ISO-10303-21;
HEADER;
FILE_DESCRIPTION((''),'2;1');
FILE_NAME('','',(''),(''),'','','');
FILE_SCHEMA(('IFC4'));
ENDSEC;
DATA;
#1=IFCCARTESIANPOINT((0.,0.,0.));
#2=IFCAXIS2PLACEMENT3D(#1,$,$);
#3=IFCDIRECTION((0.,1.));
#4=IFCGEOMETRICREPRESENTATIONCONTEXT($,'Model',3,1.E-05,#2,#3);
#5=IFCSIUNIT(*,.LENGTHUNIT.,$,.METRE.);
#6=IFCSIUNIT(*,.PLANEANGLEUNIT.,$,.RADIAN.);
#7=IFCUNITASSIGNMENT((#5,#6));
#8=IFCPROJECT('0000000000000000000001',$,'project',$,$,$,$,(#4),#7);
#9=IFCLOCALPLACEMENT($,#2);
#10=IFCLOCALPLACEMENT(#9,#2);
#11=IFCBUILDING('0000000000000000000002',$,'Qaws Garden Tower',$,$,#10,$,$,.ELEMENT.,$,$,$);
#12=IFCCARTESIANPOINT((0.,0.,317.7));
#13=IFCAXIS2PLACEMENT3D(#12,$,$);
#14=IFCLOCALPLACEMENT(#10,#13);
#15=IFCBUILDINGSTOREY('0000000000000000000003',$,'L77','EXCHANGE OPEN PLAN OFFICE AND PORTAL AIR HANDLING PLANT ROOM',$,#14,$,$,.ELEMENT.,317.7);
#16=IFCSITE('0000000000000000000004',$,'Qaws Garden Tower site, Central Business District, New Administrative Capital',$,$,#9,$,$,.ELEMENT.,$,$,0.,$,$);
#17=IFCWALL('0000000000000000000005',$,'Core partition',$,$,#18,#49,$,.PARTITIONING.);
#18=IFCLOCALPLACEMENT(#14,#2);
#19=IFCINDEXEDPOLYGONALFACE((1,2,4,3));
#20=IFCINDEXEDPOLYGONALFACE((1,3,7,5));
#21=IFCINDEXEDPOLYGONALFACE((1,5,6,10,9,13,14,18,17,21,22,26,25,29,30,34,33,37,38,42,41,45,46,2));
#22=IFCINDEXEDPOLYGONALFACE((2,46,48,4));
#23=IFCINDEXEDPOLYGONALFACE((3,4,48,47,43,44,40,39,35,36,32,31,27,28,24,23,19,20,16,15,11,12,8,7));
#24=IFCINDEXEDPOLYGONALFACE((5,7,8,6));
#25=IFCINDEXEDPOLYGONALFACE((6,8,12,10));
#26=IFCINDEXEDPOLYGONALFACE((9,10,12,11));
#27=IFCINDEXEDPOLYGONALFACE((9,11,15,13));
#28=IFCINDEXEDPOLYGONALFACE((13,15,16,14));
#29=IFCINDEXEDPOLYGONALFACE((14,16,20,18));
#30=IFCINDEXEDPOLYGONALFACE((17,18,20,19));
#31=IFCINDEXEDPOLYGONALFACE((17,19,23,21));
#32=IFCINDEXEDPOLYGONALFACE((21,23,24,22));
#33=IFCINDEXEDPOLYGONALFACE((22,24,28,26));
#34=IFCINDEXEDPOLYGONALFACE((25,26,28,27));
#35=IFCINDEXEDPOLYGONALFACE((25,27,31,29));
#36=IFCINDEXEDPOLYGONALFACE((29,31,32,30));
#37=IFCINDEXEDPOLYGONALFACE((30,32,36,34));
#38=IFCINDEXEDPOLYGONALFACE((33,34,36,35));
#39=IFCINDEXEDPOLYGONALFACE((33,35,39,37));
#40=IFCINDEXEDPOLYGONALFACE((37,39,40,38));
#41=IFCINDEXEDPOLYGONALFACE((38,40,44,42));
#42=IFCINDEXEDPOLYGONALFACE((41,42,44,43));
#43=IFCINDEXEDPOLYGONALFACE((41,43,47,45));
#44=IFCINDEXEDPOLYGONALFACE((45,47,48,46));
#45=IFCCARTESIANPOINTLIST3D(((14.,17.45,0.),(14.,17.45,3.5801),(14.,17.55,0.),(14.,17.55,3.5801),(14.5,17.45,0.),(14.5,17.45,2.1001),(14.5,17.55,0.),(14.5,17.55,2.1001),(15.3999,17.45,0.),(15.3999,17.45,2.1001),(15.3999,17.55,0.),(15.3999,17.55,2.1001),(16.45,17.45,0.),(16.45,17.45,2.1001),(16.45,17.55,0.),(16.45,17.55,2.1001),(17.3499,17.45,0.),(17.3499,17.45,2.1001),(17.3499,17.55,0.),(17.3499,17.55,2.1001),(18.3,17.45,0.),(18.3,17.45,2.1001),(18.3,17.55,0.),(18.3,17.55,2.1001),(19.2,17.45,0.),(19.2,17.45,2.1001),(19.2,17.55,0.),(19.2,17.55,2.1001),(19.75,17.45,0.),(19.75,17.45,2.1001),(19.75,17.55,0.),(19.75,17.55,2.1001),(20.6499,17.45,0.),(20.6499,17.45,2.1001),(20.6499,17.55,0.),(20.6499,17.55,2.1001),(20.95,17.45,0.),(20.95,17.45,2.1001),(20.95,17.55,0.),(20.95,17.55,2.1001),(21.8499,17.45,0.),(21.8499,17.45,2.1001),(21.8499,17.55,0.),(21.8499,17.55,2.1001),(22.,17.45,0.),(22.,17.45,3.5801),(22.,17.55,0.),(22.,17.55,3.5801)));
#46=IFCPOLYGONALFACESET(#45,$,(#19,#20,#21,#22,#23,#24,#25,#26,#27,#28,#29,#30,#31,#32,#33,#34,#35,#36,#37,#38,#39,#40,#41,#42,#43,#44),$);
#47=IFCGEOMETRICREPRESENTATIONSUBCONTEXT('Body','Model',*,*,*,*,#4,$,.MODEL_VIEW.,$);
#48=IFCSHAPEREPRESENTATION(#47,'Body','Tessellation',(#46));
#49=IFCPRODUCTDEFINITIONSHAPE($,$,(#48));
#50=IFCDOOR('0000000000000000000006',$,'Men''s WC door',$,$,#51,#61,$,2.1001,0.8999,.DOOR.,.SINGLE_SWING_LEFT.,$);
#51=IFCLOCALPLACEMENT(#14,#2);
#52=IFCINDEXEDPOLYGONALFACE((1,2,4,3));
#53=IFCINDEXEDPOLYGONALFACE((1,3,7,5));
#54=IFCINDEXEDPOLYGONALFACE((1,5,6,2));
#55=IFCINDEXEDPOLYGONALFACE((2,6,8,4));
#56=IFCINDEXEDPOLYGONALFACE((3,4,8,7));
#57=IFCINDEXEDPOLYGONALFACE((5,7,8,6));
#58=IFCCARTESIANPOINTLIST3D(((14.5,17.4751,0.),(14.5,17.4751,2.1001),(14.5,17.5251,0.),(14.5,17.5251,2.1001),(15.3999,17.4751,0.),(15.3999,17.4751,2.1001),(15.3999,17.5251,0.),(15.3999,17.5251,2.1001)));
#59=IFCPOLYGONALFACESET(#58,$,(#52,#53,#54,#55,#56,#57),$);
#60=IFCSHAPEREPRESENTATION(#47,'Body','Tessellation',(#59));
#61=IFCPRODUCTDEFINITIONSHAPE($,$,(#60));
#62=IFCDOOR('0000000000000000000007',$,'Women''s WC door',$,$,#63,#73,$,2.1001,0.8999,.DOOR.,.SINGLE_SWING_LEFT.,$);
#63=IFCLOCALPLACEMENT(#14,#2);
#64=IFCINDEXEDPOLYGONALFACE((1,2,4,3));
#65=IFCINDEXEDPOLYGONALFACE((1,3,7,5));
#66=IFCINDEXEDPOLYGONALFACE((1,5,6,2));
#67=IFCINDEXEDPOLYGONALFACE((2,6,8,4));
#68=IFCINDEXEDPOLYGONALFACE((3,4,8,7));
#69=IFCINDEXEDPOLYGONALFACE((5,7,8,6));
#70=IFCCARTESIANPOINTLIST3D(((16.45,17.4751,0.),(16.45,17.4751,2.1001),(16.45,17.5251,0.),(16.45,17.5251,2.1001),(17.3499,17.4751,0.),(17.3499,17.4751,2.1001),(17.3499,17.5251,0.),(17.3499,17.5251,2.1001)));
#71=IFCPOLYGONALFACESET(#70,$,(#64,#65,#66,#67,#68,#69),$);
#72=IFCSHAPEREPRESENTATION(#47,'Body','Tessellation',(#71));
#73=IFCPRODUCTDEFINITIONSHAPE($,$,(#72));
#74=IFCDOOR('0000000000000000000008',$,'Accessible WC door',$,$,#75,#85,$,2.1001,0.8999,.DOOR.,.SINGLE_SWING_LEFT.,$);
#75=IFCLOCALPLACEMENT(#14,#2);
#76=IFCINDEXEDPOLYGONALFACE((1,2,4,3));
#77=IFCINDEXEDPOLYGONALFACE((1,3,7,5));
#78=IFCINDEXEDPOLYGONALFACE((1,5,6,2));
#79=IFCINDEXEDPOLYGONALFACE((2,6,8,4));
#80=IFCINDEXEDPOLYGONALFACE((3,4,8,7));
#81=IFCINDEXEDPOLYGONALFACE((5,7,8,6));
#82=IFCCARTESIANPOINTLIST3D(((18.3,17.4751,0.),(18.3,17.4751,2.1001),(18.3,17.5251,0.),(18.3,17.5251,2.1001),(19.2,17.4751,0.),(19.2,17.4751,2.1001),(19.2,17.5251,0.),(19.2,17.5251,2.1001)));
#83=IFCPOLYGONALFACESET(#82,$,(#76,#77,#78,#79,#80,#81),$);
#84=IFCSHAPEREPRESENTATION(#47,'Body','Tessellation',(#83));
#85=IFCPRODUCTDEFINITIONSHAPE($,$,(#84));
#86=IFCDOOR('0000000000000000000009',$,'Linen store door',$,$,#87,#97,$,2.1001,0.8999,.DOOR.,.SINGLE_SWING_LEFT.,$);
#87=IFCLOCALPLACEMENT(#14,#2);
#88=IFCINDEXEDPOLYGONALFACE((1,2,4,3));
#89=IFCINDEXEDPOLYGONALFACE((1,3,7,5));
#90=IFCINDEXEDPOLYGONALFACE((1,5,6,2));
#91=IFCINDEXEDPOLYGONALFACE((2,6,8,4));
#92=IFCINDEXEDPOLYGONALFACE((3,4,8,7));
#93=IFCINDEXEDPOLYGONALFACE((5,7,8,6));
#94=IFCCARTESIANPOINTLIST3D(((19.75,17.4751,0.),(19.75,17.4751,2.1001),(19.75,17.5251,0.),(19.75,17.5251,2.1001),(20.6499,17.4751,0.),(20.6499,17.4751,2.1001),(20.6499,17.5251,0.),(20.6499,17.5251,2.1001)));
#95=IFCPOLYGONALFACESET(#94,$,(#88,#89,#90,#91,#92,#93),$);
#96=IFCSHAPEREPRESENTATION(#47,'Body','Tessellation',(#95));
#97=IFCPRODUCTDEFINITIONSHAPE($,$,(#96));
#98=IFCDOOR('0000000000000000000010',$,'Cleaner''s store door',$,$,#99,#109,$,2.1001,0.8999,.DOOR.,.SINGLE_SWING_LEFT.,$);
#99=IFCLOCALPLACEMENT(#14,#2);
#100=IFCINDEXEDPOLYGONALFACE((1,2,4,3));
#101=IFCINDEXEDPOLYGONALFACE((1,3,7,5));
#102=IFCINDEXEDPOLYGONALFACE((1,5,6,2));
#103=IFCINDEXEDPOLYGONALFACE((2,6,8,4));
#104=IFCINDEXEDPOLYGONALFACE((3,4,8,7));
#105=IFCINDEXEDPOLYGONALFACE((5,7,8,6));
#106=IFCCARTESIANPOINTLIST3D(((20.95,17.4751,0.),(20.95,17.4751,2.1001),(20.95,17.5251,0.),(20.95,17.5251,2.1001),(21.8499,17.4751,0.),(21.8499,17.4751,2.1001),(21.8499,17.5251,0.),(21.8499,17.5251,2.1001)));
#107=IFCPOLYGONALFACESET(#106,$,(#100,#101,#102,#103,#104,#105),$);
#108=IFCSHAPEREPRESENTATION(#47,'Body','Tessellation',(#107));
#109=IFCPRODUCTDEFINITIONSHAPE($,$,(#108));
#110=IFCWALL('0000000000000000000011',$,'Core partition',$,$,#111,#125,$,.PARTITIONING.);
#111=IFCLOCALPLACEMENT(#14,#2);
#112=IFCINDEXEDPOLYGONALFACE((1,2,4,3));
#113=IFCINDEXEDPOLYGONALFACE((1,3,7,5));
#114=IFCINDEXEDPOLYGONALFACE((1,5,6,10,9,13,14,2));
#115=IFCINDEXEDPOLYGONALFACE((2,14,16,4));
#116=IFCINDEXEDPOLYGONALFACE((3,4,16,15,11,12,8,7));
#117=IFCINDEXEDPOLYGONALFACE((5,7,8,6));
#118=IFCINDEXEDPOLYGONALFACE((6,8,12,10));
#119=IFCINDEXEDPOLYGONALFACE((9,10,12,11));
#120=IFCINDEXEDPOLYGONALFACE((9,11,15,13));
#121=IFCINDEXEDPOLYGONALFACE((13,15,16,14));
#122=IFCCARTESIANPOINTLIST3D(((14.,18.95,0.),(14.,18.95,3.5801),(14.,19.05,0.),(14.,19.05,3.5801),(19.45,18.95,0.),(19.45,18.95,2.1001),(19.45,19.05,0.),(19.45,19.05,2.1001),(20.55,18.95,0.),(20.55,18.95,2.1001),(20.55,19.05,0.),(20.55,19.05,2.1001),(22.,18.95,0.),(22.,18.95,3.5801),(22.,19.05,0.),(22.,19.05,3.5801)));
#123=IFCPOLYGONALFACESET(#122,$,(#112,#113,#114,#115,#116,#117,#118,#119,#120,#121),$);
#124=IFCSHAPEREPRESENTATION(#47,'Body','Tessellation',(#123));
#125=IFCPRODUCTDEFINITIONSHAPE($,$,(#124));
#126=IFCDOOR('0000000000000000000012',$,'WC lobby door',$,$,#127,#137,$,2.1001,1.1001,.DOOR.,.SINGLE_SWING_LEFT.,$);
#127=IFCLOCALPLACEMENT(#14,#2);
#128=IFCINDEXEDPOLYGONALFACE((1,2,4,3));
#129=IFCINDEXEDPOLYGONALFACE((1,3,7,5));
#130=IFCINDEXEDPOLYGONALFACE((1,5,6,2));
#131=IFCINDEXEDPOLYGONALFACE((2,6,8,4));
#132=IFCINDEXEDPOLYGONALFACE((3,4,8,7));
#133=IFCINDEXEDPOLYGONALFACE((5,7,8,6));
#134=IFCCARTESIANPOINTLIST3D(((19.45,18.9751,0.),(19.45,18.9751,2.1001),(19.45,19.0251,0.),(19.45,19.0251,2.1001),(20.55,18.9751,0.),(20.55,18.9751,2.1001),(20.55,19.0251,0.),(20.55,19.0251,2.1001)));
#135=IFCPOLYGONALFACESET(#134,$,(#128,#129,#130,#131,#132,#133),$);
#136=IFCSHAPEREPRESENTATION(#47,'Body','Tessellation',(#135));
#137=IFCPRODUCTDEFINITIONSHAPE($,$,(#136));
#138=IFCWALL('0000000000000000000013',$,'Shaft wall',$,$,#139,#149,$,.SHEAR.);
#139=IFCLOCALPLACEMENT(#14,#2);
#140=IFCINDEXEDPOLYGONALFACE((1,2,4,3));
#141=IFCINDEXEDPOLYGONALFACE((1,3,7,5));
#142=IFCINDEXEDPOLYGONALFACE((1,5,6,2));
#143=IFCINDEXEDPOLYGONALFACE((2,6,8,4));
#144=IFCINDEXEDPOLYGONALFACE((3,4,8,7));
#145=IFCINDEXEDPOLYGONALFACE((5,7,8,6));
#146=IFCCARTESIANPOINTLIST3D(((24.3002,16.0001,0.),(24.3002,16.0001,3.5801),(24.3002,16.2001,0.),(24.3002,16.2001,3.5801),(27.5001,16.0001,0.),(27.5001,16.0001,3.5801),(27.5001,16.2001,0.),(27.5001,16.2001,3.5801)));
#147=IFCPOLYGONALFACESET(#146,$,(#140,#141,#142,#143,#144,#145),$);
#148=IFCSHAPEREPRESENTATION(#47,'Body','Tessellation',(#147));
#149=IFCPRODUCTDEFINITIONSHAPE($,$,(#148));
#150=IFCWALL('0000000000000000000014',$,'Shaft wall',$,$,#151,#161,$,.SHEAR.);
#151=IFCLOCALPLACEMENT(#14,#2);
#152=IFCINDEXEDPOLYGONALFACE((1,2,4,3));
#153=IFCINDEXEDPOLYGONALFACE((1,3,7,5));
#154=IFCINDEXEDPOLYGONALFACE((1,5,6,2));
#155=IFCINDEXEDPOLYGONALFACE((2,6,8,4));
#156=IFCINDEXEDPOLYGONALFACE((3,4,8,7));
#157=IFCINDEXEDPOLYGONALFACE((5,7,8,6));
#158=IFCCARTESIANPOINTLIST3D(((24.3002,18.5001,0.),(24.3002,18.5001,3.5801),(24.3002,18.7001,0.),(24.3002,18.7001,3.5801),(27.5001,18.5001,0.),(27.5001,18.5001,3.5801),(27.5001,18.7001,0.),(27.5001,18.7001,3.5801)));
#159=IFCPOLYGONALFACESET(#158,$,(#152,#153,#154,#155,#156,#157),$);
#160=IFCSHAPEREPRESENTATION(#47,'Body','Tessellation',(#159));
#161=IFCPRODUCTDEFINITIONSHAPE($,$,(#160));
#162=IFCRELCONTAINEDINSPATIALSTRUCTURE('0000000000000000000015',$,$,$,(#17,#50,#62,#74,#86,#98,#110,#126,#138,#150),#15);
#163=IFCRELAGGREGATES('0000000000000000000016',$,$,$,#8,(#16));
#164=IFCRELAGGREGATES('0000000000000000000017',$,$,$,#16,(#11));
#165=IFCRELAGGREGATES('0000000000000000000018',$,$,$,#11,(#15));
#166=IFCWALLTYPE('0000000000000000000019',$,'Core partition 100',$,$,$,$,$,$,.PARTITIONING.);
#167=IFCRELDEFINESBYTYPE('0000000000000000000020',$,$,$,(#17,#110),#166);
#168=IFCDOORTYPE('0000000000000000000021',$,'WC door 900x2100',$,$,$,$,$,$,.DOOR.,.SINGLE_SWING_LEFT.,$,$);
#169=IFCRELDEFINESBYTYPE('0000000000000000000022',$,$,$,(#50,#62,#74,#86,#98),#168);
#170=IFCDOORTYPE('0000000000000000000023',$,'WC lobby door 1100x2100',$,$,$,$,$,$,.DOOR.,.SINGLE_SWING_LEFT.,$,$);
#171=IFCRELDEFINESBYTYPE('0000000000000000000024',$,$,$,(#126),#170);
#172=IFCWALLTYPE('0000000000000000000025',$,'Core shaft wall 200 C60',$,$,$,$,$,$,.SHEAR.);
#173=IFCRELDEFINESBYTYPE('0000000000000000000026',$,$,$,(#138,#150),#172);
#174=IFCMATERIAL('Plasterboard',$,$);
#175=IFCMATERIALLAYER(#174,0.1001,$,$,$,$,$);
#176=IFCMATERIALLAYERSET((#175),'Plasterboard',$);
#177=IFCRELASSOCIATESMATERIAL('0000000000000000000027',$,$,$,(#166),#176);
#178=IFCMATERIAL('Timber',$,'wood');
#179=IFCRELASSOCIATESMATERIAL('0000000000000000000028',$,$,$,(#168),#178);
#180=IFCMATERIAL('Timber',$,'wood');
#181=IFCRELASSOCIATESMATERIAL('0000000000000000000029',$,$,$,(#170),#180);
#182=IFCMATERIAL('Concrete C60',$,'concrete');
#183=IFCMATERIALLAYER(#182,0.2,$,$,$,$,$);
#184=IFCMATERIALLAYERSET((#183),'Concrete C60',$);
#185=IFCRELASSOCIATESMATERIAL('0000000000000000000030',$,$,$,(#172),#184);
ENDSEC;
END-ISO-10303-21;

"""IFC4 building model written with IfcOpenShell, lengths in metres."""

from ifc_helpers import new_model, si_unit, direction, frame, frame_2d, origin, place, context, subcontext, project, spatial, rectangle, extrude, material, layer, layer_set, type_object, element, fill, save


model = new_model("IFC4")

# Units and contexts
model_context = context("Model", 3, precision=1e-05, world=origin(), true_north=direction((0.0, 1.0)))
body_context = subcontext(model_context, "Body", "Model", "MODEL_VIEW")
ifc_project = project(units=[si_unit("LENGTHUNIT", "METRE"), si_unit("PLANEANGLEUNIT", "RADIAN")], contexts=[model_context])

# Site, building, storey
site_placement = place(None, origin())
site = spatial("IfcSite", under=ifc_project, at=site_placement, Name="Qaws Garden Tower site, Central Business District, New Administrative Capital", CompositionType="ELEMENT", RefElevation=0.0)
building_placement = place(site_placement, origin())
building = spatial("IfcBuilding", under=site, at=building_placement, Name="Qaws Garden Tower", CompositionType="ELEMENT")
storey_placement = place(building_placement, frame((0.0, 0.0, 317.7)))
storey = spatial("IfcBuildingStorey", under=building, at=storey_placement, Name="L77", Description="EXCHANGE OPEN PLAN OFFICE AND PORTAL AIR HANDLING PLANT ROOM", CompositionType="ELEMENT", Elevation=317.7)

# Wall, openings, doors
ifc_material_1 = material(Name="Plasterboard")
ifc_layer_1 = layer(ifc_material_1, 0.1001)
ifc_layer_set_1 = layer_set([ifc_layer_1], Name="Plasterboard")
wall_type_1 = type_object("IfcWallType", Name="Core partition 100", PredefinedType="PARTITIONING", material=ifc_layer_set_1)
wall_1_placement = place(storey_placement, frame((14.0, 17.5, 0.0), z_axis=(0.0, 0.0, 1.0), x_axis=(1.0, 0.0, 0.0)))
wall_1 = element("IfcWall", 1, at=wall_1_placement, inside=storey, type_object=wall_type_1, Name="Core partition", PredefinedType="PARTITIONING", context=body_context, shape_type="SweptSolid", body=[
    extrude(rectangle(XDim=8.0, YDim=0.1001, at=frame_2d((4.0, 0.0))), origin(), (0.0, 0.0, 1.0), 3.5801),
])
opening_1_placement = place(wall_1_placement, frame((0.5, 0.0, 0.0)))
opening_1 = element("IfcOpeningElement", 2, at=opening_1_placement, cuts=wall_1, PredefinedType="OPENING", context=body_context, shape_type="SweptSolid", body=[
    extrude(rectangle(XDim=0.8999, YDim=2.1001, at=frame_2d((0.45, 1.05))), frame((0.0, 0.0601, 0.0), z_axis=(0.0, -1.0, 0.0), x_axis=(1.0, 0.0, 0.0)), (0.0, 0.0, 1.0), 0.1201),
])
opening_2_placement = place(wall_1_placement, frame((2.45, 0.0, 0.0)))
opening_2 = element("IfcOpeningElement", 3, at=opening_2_placement, cuts=wall_1, PredefinedType="OPENING", context=body_context, shape_type="SweptSolid", body=[
    extrude(rectangle(XDim=0.8999, YDim=2.1001, at=frame_2d((0.45, 1.05))), frame((0.0, 0.0601, 0.0), z_axis=(0.0, -1.0, 0.0), x_axis=(1.0, 0.0, 0.0)), (0.0, 0.0, 1.0), 0.1201),
])
opening_3_placement = place(wall_1_placement, frame((4.3, 0.0, 0.0)))
opening_3 = element("IfcOpeningElement", 4, at=opening_3_placement, cuts=wall_1, PredefinedType="OPENING", context=body_context, shape_type="SweptSolid", body=[
    extrude(rectangle(XDim=0.8999, YDim=2.1001, at=frame_2d((0.45, 1.05))), frame((0.0, 0.0601, 0.0), z_axis=(0.0, -1.0, 0.0), x_axis=(1.0, 0.0, 0.0)), (0.0, 0.0, 1.0), 0.1201),
])
opening_4_placement = place(wall_1_placement, frame((5.75, 0.0, 0.0)))
opening_4 = element("IfcOpeningElement", 5, at=opening_4_placement, cuts=wall_1, PredefinedType="OPENING", context=body_context, shape_type="SweptSolid", body=[
    extrude(rectangle(XDim=0.8999, YDim=2.1001, at=frame_2d((0.45, 1.05))), frame((0.0, 0.0601, 0.0), z_axis=(0.0, -1.0, 0.0), x_axis=(1.0, 0.0, 0.0)), (0.0, 0.0, 1.0), 0.1201),
])
opening_5_placement = place(wall_1_placement, frame((6.95, 0.0, 0.0)))
opening_5 = element("IfcOpeningElement", 6, at=opening_5_placement, cuts=wall_1, PredefinedType="OPENING", context=body_context, shape_type="SweptSolid", body=[
    extrude(rectangle(XDim=0.8999, YDim=2.1001, at=frame_2d((0.45, 1.05))), frame((0.0, 0.0601, 0.0), z_axis=(0.0, -1.0, 0.0), x_axis=(1.0, 0.0, 0.0)), (0.0, 0.0, 1.0), 0.1201),
])
ifc_material_2 = material(Name="Timber", Category="wood")
door_type_1 = type_object("IfcDoorType", Name="WC door 900x2100", OperationType="SINGLE_SWING_LEFT", PredefinedType="DOOR", material=ifc_material_2)
door_1_placement = place(opening_1_placement, frame((0.8999, 0.0, 0.0), z_axis=(0.0, 0.0, 1.0), x_axis=(-1.0, 0.0, 0.0)))
door_1 = element("IfcDoor", 7, at=door_1_placement, inside=storey, type_object=door_type_1, Name="Men's WC door", OperationType="SINGLE_SWING_LEFT", OverallHeight=2.1001, OverallWidth=0.8999, PredefinedType="DOOR", context=body_context, shape_type="SweptSolid", body=[
    extrude(rectangle(XDim=0.8999, YDim=2.1001, at=frame_2d((0.45, 1.05))), frame((0.0, 0.0249, 0.0), z_axis=(0.0, -1.0, 0.0), x_axis=(1.0, 0.0, 0.0)), (0.0, 0.0, 1.0), 0.05),
])
fill(opening_1, door_1)
door_2_placement = place(opening_2_placement, frame((0.8999, 0.0, 0.0), z_axis=(0.0, 0.0, 1.0), x_axis=(-1.0, 0.0, 0.0)))
door_2 = element("IfcDoor", 8, at=door_2_placement, inside=storey, type_object=door_type_1, Name="Women's WC door", OperationType="SINGLE_SWING_LEFT", OverallHeight=2.1001, OverallWidth=0.8999, PredefinedType="DOOR", context=body_context, shape_type="SweptSolid", body=[
    extrude(rectangle(XDim=0.8999, YDim=2.1001, at=frame_2d((0.45, 1.05))), frame((0.0, 0.0249, 0.0), z_axis=(0.0, -1.0, 0.0), x_axis=(1.0, 0.0, 0.0)), (0.0, 0.0, 1.0), 0.05),
])
fill(opening_2, door_2)
door_3_placement = place(opening_3_placement, frame((0.8999, 0.0, 0.0), z_axis=(0.0, 0.0, 1.0), x_axis=(-1.0, 0.0, 0.0)))
door_3 = element("IfcDoor", 9, at=door_3_placement, inside=storey, type_object=door_type_1, Name="Accessible WC door", OperationType="SINGLE_SWING_LEFT", OverallHeight=2.1001, OverallWidth=0.8999, PredefinedType="DOOR", context=body_context, shape_type="SweptSolid", body=[
    extrude(rectangle(XDim=0.8999, YDim=2.1001, at=frame_2d((0.45, 1.05))), frame((0.0, 0.0249, 0.0), z_axis=(0.0, -1.0, 0.0), x_axis=(1.0, 0.0, 0.0)), (0.0, 0.0, 1.0), 0.05),
])
fill(opening_3, door_3)
door_4_placement = place(opening_4_placement, frame((0.8999, 0.0, 0.0), z_axis=(0.0, 0.0, 1.0), x_axis=(-1.0, 0.0, 0.0)))
door_4 = element("IfcDoor", 10, at=door_4_placement, inside=storey, type_object=door_type_1, Name="Linen store door", OperationType="SINGLE_SWING_LEFT", OverallHeight=2.1001, OverallWidth=0.8999, PredefinedType="DOOR", context=body_context, shape_type="SweptSolid", body=[
    extrude(rectangle(XDim=0.8999, YDim=2.1001, at=frame_2d((0.45, 1.05))), frame((0.0, 0.0249, 0.0), z_axis=(0.0, -1.0, 0.0), x_axis=(1.0, 0.0, 0.0)), (0.0, 0.0, 1.0), 0.05),
])
fill(opening_4, door_4)
door_5_placement = place(opening_5_placement, frame((0.8999, 0.0, 0.0), z_axis=(0.0, 0.0, 1.0), x_axis=(-1.0, 0.0, 0.0)))
door_5 = element("IfcDoor", 11, at=door_5_placement, inside=storey, type_object=door_type_1, Name="Cleaner's store door", OperationType="SINGLE_SWING_LEFT", OverallHeight=2.1001, OverallWidth=0.8999, PredefinedType="DOOR", context=body_context, shape_type="SweptSolid", body=[
    extrude(rectangle(XDim=0.8999, YDim=2.1001, at=frame_2d((0.45, 1.05))), frame((0.0, 0.0249, 0.0), z_axis=(0.0, -1.0, 0.0), x_axis=(1.0, 0.0, 0.0)), (0.0, 0.0, 1.0), 0.05),
])
fill(opening_5, door_5)

# Wall, opening, door
wall_2_placement = place(storey_placement, frame((14.0, 19.0, 0.0), z_axis=(0.0, 0.0, 1.0), x_axis=(1.0, 0.0, 0.0)))
wall_2 = element("IfcWall", 12, at=wall_2_placement, inside=storey, type_object=wall_type_1, Name="Core partition", PredefinedType="PARTITIONING", context=body_context, shape_type="SweptSolid", body=[
    extrude(rectangle(XDim=8.0, YDim=0.1001, at=frame_2d((4.0, 0.0))), origin(), (0.0, 0.0, 1.0), 3.5801),
])
opening_6_placement = place(wall_2_placement, frame((5.45, 0.0, 0.0)))
opening_6 = element("IfcOpeningElement", 13, at=opening_6_placement, cuts=wall_2, PredefinedType="OPENING", context=body_context, shape_type="SweptSolid", body=[
    extrude(rectangle(XDim=1.1001, YDim=2.1001, at=frame_2d((0.55, 1.05))), frame((0.0, 0.0601, 0.0), z_axis=(0.0, -1.0, 0.0), x_axis=(1.0, 0.0, 0.0)), (0.0, 0.0, 1.0), 0.1201),
])
ifc_material_3 = material(Name="Timber", Category="wood")
door_type_2 = type_object("IfcDoorType", Name="WC lobby door 1100x2100", OperationType="SINGLE_SWING_LEFT", PredefinedType="DOOR", material=ifc_material_3)
door_6_placement = place(opening_6_placement, frame((1.1001, 0.0, 0.0), z_axis=(0.0, 0.0, 1.0), x_axis=(-1.0, 0.0, 0.0)))
door_6 = element("IfcDoor", 14, at=door_6_placement, inside=storey, type_object=door_type_2, Name="WC lobby door", OperationType="SINGLE_SWING_LEFT", OverallHeight=2.1001, OverallWidth=1.1001, PredefinedType="DOOR", context=body_context, shape_type="SweptSolid", body=[
    extrude(rectangle(XDim=1.1001, YDim=2.1001, at=frame_2d((0.55, 1.05))), frame((0.0, 0.0249, 0.0), z_axis=(0.0, -1.0, 0.0), x_axis=(1.0, 0.0, 0.0)), (0.0, 0.0, 1.0), 0.05),
])
fill(opening_6, door_6)

# Walls
ifc_material_4 = material(Name="Concrete C60", Category="concrete")
ifc_layer_2 = layer(ifc_material_4, 0.2)
ifc_layer_set_2 = layer_set([ifc_layer_2], Name="Concrete C60")
wall_type_2 = type_object("IfcWallType", Name="Core shaft wall 200 C60", PredefinedType="SHEAR", material=ifc_layer_set_2)
for number, where, z_axis, x_axis, name in (
    (15, (24.3, 16.1001, 0.0), (0.0, 0.0, 1.0), (1.0, 0.0, 0.0), "Shaft wall"),
    (16, (24.3, 18.6001, 0.0), (0.0, 0.0, 1.0), (1.0, 0.0, 0.0), "Shaft wall"),
):
    element("IfcWall", number, at=place(storey_placement, frame(where, z_axis=z_axis, x_axis=x_axis)), inside=storey, type_object=wall_type_2, Name=name, PredefinedType="SHEAR", context=body_context, shape_type="SweptSolid", body=[
        extrude(rectangle(XDim=3.2, YDim=0.2, at=frame_2d((1.6001, 0.0))), origin(), (0.0, 0.0, 1.0), 3.5801),
    ])

save(model, "model.ifc")
